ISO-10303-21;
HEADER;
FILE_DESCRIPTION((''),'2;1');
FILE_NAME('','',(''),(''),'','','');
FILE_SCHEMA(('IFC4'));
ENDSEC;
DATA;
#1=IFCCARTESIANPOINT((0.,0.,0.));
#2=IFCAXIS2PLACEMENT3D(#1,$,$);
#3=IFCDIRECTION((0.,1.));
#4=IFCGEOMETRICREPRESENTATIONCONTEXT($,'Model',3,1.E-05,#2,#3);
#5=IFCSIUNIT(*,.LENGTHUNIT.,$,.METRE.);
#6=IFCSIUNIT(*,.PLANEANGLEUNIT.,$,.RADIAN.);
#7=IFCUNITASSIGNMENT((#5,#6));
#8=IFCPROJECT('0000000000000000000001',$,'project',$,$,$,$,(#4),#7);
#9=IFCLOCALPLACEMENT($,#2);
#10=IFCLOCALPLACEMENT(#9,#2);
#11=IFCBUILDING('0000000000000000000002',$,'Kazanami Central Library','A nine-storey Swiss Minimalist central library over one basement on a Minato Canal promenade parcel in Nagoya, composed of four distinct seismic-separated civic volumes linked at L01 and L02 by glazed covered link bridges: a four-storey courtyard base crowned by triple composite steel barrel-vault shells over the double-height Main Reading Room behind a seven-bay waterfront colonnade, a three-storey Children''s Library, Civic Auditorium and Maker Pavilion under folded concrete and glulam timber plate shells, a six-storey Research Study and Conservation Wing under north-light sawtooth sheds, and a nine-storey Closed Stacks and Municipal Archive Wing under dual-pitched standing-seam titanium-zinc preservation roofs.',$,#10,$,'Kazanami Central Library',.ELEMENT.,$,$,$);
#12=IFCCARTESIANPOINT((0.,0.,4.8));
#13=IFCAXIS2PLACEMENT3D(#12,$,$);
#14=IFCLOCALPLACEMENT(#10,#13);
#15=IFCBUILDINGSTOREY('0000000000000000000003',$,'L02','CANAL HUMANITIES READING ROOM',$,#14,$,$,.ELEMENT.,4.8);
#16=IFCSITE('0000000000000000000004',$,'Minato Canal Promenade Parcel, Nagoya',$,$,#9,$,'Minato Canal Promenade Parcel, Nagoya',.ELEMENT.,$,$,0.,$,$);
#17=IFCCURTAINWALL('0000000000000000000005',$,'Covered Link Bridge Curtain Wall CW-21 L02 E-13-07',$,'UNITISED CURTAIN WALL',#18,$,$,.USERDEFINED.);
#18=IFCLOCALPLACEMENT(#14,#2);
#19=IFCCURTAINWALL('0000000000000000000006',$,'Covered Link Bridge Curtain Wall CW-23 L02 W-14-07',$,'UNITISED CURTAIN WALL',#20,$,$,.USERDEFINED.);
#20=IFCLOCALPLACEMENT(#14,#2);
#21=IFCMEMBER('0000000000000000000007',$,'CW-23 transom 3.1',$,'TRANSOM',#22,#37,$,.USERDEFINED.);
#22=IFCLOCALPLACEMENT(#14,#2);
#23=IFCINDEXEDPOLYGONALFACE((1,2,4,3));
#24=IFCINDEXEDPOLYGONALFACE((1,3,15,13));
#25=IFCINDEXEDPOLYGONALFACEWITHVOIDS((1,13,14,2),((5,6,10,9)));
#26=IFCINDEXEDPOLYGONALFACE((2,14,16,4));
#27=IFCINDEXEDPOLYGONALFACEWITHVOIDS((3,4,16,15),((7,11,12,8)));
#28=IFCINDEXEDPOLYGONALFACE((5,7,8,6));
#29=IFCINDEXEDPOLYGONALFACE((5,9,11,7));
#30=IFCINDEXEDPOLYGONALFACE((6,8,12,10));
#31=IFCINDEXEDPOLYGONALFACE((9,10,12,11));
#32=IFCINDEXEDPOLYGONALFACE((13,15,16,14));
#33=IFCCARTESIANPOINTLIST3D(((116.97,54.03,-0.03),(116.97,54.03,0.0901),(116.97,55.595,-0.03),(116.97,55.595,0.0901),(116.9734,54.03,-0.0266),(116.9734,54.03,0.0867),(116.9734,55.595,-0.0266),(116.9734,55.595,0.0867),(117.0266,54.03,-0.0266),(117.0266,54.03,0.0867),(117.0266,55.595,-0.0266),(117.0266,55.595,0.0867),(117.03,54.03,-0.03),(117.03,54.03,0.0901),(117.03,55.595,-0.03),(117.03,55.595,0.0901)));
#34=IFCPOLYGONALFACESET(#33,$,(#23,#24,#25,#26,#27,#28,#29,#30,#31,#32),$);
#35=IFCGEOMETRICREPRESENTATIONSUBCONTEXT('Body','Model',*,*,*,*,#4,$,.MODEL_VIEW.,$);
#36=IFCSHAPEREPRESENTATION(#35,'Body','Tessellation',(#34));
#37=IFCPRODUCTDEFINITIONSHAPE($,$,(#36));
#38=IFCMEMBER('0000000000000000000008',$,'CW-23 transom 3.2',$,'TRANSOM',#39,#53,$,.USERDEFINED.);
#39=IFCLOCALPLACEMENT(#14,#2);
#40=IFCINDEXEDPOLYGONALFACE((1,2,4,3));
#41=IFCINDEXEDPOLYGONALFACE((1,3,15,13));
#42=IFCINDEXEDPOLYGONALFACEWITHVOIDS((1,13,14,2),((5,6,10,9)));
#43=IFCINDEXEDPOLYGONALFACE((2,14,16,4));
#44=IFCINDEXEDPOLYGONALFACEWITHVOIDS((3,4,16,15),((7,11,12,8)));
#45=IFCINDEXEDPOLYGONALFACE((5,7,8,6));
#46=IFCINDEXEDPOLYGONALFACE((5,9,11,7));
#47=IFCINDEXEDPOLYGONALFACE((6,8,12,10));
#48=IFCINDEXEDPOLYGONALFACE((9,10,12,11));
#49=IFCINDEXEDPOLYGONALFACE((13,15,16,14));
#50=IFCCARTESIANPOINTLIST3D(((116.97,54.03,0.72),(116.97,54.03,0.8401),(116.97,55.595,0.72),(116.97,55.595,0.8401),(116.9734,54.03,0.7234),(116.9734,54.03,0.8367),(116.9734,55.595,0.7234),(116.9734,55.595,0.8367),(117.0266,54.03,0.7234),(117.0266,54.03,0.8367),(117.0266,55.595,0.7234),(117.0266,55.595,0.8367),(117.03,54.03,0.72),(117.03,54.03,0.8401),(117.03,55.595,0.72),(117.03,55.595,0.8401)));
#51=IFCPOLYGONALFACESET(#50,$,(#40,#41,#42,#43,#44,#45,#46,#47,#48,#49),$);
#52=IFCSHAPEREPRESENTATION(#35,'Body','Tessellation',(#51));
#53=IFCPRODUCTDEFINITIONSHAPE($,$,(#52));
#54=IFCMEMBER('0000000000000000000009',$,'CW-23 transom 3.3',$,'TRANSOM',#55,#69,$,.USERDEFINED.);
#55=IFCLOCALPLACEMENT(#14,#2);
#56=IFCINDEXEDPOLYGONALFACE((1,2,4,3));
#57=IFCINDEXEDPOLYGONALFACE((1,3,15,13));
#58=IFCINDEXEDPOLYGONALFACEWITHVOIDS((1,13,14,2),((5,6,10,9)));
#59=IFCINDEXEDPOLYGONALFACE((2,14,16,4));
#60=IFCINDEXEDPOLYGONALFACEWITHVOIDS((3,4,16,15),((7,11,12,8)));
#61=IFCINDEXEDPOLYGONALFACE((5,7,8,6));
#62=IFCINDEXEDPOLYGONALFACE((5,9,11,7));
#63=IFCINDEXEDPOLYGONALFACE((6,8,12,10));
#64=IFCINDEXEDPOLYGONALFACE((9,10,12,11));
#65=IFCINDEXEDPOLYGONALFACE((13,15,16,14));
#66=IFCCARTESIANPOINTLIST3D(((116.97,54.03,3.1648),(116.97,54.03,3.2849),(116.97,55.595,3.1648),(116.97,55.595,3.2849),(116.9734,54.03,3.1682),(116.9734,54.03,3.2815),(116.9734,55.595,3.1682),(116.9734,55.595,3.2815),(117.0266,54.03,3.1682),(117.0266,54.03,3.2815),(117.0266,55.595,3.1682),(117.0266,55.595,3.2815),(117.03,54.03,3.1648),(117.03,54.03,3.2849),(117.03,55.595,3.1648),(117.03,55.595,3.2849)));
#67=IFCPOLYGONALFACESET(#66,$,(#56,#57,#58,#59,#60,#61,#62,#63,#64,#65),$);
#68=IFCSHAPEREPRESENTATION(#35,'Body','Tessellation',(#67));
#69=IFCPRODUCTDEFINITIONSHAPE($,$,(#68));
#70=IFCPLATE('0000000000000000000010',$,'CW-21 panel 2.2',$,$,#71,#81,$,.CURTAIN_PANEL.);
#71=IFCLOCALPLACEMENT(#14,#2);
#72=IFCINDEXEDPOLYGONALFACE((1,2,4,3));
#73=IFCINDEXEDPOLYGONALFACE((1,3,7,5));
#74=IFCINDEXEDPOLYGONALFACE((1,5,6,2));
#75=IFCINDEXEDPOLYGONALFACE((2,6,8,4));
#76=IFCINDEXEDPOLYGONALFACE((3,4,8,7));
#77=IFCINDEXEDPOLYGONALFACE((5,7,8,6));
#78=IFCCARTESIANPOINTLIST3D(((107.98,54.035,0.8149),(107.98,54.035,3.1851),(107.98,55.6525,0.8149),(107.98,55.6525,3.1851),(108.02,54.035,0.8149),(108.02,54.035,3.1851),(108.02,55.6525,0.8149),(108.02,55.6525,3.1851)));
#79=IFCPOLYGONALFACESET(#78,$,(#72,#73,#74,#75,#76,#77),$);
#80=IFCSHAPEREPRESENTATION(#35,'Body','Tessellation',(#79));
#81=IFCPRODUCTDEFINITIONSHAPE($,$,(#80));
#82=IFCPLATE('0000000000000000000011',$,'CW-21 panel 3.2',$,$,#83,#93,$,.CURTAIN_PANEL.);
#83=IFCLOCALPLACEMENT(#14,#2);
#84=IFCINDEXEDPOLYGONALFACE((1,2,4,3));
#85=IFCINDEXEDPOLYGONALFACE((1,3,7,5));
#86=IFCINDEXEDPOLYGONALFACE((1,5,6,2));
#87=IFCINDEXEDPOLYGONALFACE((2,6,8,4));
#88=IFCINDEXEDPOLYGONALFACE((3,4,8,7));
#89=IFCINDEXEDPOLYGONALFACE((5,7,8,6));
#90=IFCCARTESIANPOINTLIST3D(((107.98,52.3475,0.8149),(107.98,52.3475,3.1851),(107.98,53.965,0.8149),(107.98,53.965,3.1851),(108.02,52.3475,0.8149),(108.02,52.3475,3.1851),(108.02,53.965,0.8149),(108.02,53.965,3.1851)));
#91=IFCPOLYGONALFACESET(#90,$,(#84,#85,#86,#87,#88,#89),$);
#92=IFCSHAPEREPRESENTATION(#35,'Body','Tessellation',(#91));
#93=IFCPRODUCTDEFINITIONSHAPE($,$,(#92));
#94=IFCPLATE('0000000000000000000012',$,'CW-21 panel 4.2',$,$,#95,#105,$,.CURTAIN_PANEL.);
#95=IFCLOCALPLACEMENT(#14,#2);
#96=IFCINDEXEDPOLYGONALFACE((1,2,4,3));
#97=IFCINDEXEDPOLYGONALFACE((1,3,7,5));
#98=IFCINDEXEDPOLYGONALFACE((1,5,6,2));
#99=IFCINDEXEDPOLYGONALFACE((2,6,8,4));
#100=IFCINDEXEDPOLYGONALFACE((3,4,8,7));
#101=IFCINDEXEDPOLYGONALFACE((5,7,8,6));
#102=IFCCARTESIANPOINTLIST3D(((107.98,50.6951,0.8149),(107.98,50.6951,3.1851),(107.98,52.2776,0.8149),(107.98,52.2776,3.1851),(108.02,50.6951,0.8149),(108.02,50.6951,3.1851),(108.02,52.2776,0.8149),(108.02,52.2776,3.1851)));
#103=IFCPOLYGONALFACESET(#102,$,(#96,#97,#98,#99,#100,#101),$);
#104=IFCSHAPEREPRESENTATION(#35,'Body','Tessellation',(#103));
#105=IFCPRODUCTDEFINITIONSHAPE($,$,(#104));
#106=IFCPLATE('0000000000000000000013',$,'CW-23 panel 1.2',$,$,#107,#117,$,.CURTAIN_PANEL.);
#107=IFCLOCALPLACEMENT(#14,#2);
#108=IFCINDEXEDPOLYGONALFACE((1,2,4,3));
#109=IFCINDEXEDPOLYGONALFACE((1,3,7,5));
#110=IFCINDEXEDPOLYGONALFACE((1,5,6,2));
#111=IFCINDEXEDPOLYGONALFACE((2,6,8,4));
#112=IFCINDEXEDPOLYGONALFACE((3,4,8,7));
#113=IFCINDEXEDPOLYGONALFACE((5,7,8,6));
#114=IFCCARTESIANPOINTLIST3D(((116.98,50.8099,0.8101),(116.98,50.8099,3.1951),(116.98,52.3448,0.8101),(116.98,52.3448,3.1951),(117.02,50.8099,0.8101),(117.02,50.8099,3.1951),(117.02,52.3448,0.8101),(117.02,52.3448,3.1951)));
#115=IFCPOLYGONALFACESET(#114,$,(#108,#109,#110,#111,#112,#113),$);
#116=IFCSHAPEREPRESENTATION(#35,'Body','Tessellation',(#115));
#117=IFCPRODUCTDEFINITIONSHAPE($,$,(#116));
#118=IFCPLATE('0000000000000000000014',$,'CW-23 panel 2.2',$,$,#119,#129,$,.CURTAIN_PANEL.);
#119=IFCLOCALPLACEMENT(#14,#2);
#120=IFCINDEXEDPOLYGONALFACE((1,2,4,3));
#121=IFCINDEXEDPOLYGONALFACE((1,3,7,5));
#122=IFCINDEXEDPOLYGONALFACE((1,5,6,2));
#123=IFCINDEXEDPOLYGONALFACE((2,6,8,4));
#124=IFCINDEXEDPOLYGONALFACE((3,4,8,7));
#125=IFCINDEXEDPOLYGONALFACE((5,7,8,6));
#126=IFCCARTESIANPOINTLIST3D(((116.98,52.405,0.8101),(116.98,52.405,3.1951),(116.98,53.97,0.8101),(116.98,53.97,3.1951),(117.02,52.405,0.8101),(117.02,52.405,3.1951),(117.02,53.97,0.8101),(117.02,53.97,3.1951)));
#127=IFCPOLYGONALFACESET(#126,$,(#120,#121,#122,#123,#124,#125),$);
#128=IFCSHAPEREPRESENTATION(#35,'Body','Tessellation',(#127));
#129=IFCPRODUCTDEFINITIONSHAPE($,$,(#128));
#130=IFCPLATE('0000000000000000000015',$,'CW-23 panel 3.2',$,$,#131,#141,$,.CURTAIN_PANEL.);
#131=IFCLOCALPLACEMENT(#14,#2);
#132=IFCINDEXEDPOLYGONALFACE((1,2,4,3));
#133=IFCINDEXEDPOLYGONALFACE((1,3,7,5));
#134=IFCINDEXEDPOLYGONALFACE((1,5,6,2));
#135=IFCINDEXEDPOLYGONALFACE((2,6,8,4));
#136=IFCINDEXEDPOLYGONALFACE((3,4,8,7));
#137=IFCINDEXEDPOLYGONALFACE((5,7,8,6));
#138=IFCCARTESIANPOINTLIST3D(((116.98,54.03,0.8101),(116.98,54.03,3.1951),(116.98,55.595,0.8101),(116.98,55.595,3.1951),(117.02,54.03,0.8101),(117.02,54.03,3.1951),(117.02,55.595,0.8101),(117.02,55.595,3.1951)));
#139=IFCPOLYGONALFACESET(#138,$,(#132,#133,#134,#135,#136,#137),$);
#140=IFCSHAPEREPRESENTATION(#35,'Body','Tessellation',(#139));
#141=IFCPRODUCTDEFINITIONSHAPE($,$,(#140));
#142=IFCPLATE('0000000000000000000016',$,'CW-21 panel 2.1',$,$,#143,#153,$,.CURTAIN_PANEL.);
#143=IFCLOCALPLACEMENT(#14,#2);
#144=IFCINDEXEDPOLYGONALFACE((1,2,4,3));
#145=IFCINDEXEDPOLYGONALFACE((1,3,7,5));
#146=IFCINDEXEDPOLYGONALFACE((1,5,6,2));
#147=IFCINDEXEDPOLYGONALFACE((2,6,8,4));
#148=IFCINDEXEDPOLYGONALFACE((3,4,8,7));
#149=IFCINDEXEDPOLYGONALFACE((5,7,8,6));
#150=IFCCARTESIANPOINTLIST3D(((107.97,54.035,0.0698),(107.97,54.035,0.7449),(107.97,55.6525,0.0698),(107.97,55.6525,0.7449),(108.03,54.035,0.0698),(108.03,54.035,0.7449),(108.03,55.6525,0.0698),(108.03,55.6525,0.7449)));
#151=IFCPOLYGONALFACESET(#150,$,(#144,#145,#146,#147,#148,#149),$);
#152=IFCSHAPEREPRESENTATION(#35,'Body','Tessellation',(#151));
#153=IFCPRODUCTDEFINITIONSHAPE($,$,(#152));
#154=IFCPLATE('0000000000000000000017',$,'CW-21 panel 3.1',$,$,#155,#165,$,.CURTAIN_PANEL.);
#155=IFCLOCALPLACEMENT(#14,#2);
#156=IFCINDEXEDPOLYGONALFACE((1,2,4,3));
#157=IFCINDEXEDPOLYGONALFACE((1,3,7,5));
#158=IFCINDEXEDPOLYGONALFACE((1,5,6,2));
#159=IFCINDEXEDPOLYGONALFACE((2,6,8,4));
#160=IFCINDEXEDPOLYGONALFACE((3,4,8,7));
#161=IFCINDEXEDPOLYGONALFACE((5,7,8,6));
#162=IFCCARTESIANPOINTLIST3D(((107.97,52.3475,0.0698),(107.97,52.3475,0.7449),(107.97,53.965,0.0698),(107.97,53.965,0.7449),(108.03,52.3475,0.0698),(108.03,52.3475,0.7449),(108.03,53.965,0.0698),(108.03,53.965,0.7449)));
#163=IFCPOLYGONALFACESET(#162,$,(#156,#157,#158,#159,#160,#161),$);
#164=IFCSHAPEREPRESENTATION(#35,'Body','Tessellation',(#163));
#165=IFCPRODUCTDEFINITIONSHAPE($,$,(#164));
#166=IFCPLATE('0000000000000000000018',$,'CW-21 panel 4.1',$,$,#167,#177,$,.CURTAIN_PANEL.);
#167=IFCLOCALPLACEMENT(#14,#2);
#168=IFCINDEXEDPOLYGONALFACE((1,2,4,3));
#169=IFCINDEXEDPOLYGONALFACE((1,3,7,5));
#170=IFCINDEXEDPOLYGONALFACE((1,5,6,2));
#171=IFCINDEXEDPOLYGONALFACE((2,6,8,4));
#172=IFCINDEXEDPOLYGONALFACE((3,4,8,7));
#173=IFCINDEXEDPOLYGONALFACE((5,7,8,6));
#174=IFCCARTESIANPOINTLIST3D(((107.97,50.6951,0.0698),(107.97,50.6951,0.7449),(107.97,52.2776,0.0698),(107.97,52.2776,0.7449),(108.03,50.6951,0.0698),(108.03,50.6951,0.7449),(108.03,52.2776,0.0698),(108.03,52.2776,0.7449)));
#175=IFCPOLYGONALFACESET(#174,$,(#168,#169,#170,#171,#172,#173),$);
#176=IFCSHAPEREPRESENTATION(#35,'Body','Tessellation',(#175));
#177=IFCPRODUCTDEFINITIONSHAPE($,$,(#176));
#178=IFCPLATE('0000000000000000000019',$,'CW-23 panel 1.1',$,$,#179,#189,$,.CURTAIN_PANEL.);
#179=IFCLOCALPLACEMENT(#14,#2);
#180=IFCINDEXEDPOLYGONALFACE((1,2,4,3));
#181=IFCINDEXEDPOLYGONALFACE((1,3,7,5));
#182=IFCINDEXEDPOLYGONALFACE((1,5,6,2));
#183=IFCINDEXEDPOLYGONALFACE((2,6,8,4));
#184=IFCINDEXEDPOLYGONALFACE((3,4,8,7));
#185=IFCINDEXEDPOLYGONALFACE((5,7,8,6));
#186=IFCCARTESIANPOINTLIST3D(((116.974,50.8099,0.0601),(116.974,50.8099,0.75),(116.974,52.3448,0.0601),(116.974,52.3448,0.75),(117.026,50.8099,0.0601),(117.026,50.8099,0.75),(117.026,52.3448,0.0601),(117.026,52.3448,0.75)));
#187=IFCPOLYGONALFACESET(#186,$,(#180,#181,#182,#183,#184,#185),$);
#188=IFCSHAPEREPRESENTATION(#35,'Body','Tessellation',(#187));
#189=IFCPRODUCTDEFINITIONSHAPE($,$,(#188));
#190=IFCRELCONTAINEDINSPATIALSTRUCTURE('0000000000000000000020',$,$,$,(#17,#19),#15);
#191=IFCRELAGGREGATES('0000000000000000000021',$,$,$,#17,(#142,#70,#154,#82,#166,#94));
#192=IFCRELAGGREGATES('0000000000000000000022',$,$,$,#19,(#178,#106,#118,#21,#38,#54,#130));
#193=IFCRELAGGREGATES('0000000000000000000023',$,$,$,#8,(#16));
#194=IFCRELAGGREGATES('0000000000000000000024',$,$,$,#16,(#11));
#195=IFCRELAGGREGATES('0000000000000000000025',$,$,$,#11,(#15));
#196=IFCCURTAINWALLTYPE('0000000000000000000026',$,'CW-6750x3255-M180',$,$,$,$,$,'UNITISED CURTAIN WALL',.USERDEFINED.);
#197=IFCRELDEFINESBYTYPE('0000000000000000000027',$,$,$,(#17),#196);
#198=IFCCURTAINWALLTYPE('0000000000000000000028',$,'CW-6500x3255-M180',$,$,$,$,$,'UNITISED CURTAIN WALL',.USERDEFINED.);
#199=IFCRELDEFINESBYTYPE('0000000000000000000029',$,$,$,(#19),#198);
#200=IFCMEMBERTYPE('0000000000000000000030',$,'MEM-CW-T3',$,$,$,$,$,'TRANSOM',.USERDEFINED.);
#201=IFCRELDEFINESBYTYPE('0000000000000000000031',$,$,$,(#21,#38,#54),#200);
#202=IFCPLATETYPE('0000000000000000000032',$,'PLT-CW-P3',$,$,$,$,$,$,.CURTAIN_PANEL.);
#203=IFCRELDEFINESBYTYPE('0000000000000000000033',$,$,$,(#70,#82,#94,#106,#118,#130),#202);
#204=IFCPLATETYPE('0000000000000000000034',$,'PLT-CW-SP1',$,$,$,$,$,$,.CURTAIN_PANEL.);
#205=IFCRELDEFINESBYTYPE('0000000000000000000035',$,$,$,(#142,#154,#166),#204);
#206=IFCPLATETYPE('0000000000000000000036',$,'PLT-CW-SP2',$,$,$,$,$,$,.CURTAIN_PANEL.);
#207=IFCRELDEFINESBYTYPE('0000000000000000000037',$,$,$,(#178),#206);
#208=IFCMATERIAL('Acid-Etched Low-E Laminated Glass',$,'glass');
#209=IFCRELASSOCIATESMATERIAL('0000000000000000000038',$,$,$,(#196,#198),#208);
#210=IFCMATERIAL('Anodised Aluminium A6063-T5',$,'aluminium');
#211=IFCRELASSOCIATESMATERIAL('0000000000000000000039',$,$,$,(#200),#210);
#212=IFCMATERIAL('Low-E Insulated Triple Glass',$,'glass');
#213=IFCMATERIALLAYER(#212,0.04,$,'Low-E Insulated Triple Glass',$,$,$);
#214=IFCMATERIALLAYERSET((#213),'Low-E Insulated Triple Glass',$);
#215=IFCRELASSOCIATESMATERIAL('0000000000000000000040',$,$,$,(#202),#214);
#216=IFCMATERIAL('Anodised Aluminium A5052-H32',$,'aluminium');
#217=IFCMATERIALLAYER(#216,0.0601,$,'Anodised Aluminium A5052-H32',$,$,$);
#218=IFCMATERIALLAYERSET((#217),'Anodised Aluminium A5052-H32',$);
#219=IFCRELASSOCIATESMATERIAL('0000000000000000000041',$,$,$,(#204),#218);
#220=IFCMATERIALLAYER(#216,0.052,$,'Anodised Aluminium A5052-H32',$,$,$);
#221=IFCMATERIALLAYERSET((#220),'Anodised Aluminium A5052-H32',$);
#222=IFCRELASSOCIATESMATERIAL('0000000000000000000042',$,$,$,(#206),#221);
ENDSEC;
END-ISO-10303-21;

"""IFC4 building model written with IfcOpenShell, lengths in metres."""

from ifc_helpers import new_model, si_unit, direction, frame, origin, origin_2d, place, context, subcontext, project, spatial, rectangle, hollow_rectangle, extrude, material, layer, layer_set, material_profile, profile_set, type_object, element, aggregate, save


model = new_model("IFC4")

# Units and contexts
model_context = context("Model", 3, precision=1e-05, world=origin(), true_north=direction((0.0, 1.0)))
body_context = subcontext(model_context, "Body", "Model", "MODEL_VIEW")
ifc_project = project(units=[si_unit("LENGTHUNIT", "METRE"), si_unit("PLANEANGLEUNIT", "RADIAN")], contexts=[model_context])

# Site, building, storey
site_placement = place(None, origin())
site = spatial("IfcSite", under=ifc_project, at=site_placement, Name="Minato Canal Promenade Parcel, Nagoya", LongName="Minato Canal Promenade Parcel, Nagoya", CompositionType="ELEMENT", RefElevation=0.0)
building_placement = place(site_placement, origin())
building = spatial("IfcBuilding", under=site, at=building_placement, Name="Kazanami Central Library", Description="A nine-storey Swiss Minimalist central library over one basement on a Minato Canal promenade parcel in Nagoya, composed of four distinct seismic-separated civic volumes linked at L01 and L02 by glazed covered link bridges: a four-storey courtyard base crowned by triple composite steel barrel-vault shells over the double-height Main Reading Room behind a seven-bay waterfront colonnade, a three-storey Children's Library, Civic Auditorium and Maker Pavilion under folded concrete and glulam timber plate shells, a six-storey Research Study and Conservation Wing under north-light sawtooth sheds, and a nine-storey Closed Stacks and Municipal Archive Wing under dual-pitched standing-seam titanium-zinc preservation roofs.", LongName="Kazanami Central Library", CompositionType="ELEMENT")
storey_placement = place(building_placement, frame((0.0, 0.0, 4.8)))
storey = spatial("IfcBuildingStorey", under=building, at=storey_placement, Name="L02", Description="CANAL HUMANITIES READING ROOM", CompositionType="ELEMENT", Elevation=4.8)

# Curtain walls
ifc_material_1 = material(Name="Acid-Etched Low-E Laminated Glass", Category="glass")
curtain_wall_type_1 = type_object("IfcCurtainWallType", Name="CW-6750x3255-M180", ElementType="UNITISED CURTAIN WALL", PredefinedType="USERDEFINED", material=ifc_material_1)
curtain_wall_1_placement = place(storey_placement, origin())
curtain_wall_1 = element("IfcCurtainWall", 1, at=curtain_wall_1_placement, inside=storey, type_object=curtain_wall_type_1, Name="Covered Link Bridge Curtain Wall CW-21 L02 E-13-07", ObjectType="UNITISED CURTAIN WALL", PredefinedType="USERDEFINED")
ifc_material_2 = material(Name="Anodised Aluminium A6063-T5", Category="aluminium")
curtain_wall_type_2 = type_object("IfcCurtainWallType", Name="CW-6500x3255-M180", ElementType="UNITISED CURTAIN WALL", PredefinedType="USERDEFINED", material=ifc_material_1)
curtain_wall_2_placement = place(storey_placement, origin())
curtain_wall_2 = element("IfcCurtainWall", 2, at=curtain_wall_2_placement, inside=storey, type_object=curtain_wall_type_2, Name="Covered Link Bridge Curtain Wall CW-23 L02 W-14-07", ObjectType="UNITISED CURTAIN WALL", PredefinedType="USERDEFINED")

# Members
ifc_material_profile_1 = material_profile(ifc_material_2, hollow_rectangle(XDim=0.0601, YDim=0.1201, WallThickness=0.0034, at=origin_2d()), Name="ALU-TRAN-60x120x3.5")
ifc_profile_set_1 = profile_set([ifc_material_profile_1], Name="Anodised Aluminium A6063-T5")
member_type_1 = type_object("IfcMemberType", Name="MEM-CW-T3", ElementType="TRANSOM", PredefinedType="USERDEFINED", material=ifc_profile_set_1)
member_1_placement = place(storey_placement, frame((117.0, 54.03, 0.03), z_axis=(0.0, 1.0, 0.0), x_axis=(-1.0, 0.0, 0.0)))
member_1 = element("IfcMember", 3, at=member_1_placement, type_object=member_type_1, Name="CW-23 transom 3.1", ObjectType="TRANSOM", PredefinedType="USERDEFINED", context=body_context, shape_type="SweptSolid", body=[
    extrude(hollow_rectangle(XDim=0.0601, YDim=0.1201, WallThickness=0.0034, at=origin_2d()), origin(), (0.0, 0.0, 1.0), 1.5649),
])
member_2_placement = place(storey_placement, frame((117.0, 54.03, 0.78), z_axis=(0.0, 1.0, 0.0), x_axis=(-1.0, 0.0, 0.0)))
member_2 = element("IfcMember", 4, at=member_2_placement, type_object=member_type_1, Name="CW-23 transom 3.2", ObjectType="TRANSOM", PredefinedType="USERDEFINED", context=body_context, shape_type="SweptSolid", body=[
    extrude(hollow_rectangle(XDim=0.0601, YDim=0.1201, WallThickness=0.0034, at=origin_2d()), origin(), (0.0, 0.0, 1.0), 1.5649),
])
member_3_placement = place(storey_placement, frame((117.0, 54.03, 3.2249), z_axis=(0.0, 1.0, 0.0), x_axis=(-1.0, 0.0, 0.0)))
member_3 = element("IfcMember", 5, at=member_3_placement, type_object=member_type_1, Name="CW-23 transom 3.3", ObjectType="TRANSOM", PredefinedType="USERDEFINED", context=body_context, shape_type="SweptSolid", body=[
    extrude(hollow_rectangle(XDim=0.0601, YDim=0.1201, WallThickness=0.0034, at=origin_2d()), origin(), (0.0, 0.0, 1.0), 1.5649),
])

# Plates
ifc_material_3 = material(Name="Low-E Insulated Triple Glass", Category="glass")
ifc_layer_1 = layer(ifc_material_3, 0.04, Name="Low-E Insulated Triple Glass")
ifc_layer_set_1 = layer_set([ifc_layer_1], Name="Low-E Insulated Triple Glass")
plate_type_1 = type_object("IfcPlateType", Name="PLT-CW-P3", PredefinedType="CURTAIN_PANEL", material=ifc_layer_set_1)
plate_1_placement = place(storey_placement, frame((108.0, 54.8438, 0.8149), z_axis=(0.0, 0.0, 1.0), x_axis=(0.0, -1.0, 0.0)))
plate_1 = element("IfcPlate", 6, at=plate_1_placement, type_object=plate_type_1, Name="CW-21 panel 2.2", PredefinedType="CURTAIN_PANEL", context=body_context, shape_type="SweptSolid", body=[
    extrude(rectangle(XDim=1.6174, YDim=0.04, at=origin_2d()), origin(), (0.0, 0.0, 1.0), 2.3701),
])
plate_2_placement = place(storey_placement, frame((108.0, 53.1562, 0.8149), z_axis=(0.0, 0.0, 1.0), x_axis=(0.0, -1.0, 0.0)))
plate_2 = element("IfcPlate", 7, at=plate_2_placement, type_object=plate_type_1, Name="CW-21 panel 3.2", PredefinedType="CURTAIN_PANEL", context=body_context, shape_type="SweptSolid", body=[
    extrude(rectangle(XDim=1.6174, YDim=0.04, at=origin_2d()), origin(), (0.0, 0.0, 1.0), 2.3701),
])
plate_3_placement = place(storey_placement, frame((108.0, 51.4863, 0.8149), z_axis=(0.0, 0.0, 1.0), x_axis=(0.0, -1.0, 0.0)))
plate_3 = element("IfcPlate", 8, at=plate_3_placement, type_object=plate_type_1, Name="CW-21 panel 4.2", PredefinedType="CURTAIN_PANEL", context=body_context, shape_type="SweptSolid", body=[
    extrude(rectangle(XDim=1.5825, YDim=0.04, at=origin_2d()), origin(), (0.0, 0.0, 1.0), 2.3701),
])
plate_4_placement = place(storey_placement, frame((117.0, 51.5774, 0.8101), z_axis=(0.0, 0.0, 1.0), x_axis=(0.0, 1.0, 0.0)))
plate_4 = element("IfcPlate", 9, at=plate_4_placement, type_object=plate_type_1, Name="CW-23 panel 1.2", PredefinedType="CURTAIN_PANEL", context=body_context, shape_type="SweptSolid", body=[
    extrude(rectangle(XDim=1.5349, YDim=0.04, at=origin_2d()), origin(), (0.0, 0.0, 1.0), 2.385),
])
plate_5_placement = place(storey_placement, frame((117.0, 53.1875, 0.8101), z_axis=(0.0, 0.0, 1.0), x_axis=(0.0, 1.0, 0.0)))
plate_5 = element("IfcPlate", 10, at=plate_5_placement, type_object=plate_type_1, Name="CW-23 panel 2.2", PredefinedType="CURTAIN_PANEL", context=body_context, shape_type="SweptSolid", body=[
    extrude(rectangle(XDim=1.5649, YDim=0.04, at=origin_2d()), origin(), (0.0, 0.0, 1.0), 2.385),
])
plate_6_placement = place(storey_placement, frame((117.0, 54.8125, 0.8101), z_axis=(0.0, 0.0, 1.0), x_axis=(0.0, 1.0, 0.0)))
plate_6 = element("IfcPlate", 11, at=plate_6_placement, type_object=plate_type_1, Name="CW-23 panel 3.2", PredefinedType="CURTAIN_PANEL", context=body_context, shape_type="SweptSolid", body=[
    extrude(rectangle(XDim=1.5649, YDim=0.04, at=origin_2d()), origin(), (0.0, 0.0, 1.0), 2.385),
])
ifc_material_4 = material(Name="Anodised Aluminium A5052-H32", Category="aluminium")
ifc_layer_2 = layer(ifc_material_4, 0.0601, Name="Anodised Aluminium A5052-H32")
ifc_layer_set_2 = layer_set([ifc_layer_2], Name="Anodised Aluminium A5052-H32")
plate_type_2 = type_object("IfcPlateType", Name="PLT-CW-SP1", PredefinedType="CURTAIN_PANEL", material=ifc_layer_set_2)
plate_7_placement = place(storey_placement, frame((108.0, 54.8438, 0.0698), z_axis=(0.0, 0.0, 1.0), x_axis=(0.0, -1.0, 0.0)))
plate_7 = element("IfcPlate", 12, at=plate_7_placement, type_object=plate_type_2, Name="CW-21 panel 2.1", PredefinedType="CURTAIN_PANEL", context=body_context, shape_type="SweptSolid", body=[
    extrude(rectangle(XDim=1.6174, YDim=0.0601, at=origin_2d()), origin(), (0.0, 0.0, 1.0), 0.675),
])
plate_8_placement = place(storey_placement, frame((108.0, 53.1562, 0.0698), z_axis=(0.0, 0.0, 1.0), x_axis=(0.0, -1.0, 0.0)))
plate_8 = element("IfcPlate", 13, at=plate_8_placement, type_object=plate_type_2, Name="CW-21 panel 3.1", PredefinedType="CURTAIN_PANEL", context=body_context, shape_type="SweptSolid", body=[
    extrude(rectangle(XDim=1.6174, YDim=0.0601, at=origin_2d()), origin(), (0.0, 0.0, 1.0), 0.675),
])
plate_9_placement = place(storey_placement, frame((108.0, 51.4863, 0.0698), z_axis=(0.0, 0.0, 1.0), x_axis=(0.0, -1.0, 0.0)))
plate_9 = element("IfcPlate", 14, at=plate_9_placement, type_object=plate_type_2, Name="CW-21 panel 4.1", PredefinedType="CURTAIN_PANEL", context=body_context, shape_type="SweptSolid", body=[
    extrude(rectangle(XDim=1.5825, YDim=0.0601, at=origin_2d()), origin(), (0.0, 0.0, 1.0), 0.675),
])
aggregate(curtain_wall_1, [plate_7, plate_1, plate_8, plate_2, plate_9, plate_3])
ifc_layer_3 = layer(ifc_material_4, 0.052, Name="Anodised Aluminium A5052-H32")
ifc_layer_set_3 = layer_set([ifc_layer_3], Name="Anodised Aluminium A5052-H32")
plate_type_3 = type_object("IfcPlateType", Name="PLT-CW-SP2", PredefinedType="CURTAIN_PANEL", material=ifc_layer_set_3)
plate_10_placement = place(storey_placement, frame((117.0, 51.5774, 0.0601), z_axis=(0.0, 0.0, 1.0), x_axis=(0.0, 1.0, 0.0)))
plate_10 = element("IfcPlate", 15, at=plate_10_placement, type_object=plate_type_3, Name="CW-23 panel 1.1", PredefinedType="CURTAIN_PANEL", context=body_context, shape_type="SweptSolid", body=[
    extrude(rectangle(XDim=1.5349, YDim=0.052, at=origin_2d()), origin(), (0.0, 0.0, 1.0), 0.6899),
])
aggregate(curtain_wall_2, [plate_10, plate_4, plate_5, member_1, member_2, member_3, plate_6])

save(model, "model.ifc")
